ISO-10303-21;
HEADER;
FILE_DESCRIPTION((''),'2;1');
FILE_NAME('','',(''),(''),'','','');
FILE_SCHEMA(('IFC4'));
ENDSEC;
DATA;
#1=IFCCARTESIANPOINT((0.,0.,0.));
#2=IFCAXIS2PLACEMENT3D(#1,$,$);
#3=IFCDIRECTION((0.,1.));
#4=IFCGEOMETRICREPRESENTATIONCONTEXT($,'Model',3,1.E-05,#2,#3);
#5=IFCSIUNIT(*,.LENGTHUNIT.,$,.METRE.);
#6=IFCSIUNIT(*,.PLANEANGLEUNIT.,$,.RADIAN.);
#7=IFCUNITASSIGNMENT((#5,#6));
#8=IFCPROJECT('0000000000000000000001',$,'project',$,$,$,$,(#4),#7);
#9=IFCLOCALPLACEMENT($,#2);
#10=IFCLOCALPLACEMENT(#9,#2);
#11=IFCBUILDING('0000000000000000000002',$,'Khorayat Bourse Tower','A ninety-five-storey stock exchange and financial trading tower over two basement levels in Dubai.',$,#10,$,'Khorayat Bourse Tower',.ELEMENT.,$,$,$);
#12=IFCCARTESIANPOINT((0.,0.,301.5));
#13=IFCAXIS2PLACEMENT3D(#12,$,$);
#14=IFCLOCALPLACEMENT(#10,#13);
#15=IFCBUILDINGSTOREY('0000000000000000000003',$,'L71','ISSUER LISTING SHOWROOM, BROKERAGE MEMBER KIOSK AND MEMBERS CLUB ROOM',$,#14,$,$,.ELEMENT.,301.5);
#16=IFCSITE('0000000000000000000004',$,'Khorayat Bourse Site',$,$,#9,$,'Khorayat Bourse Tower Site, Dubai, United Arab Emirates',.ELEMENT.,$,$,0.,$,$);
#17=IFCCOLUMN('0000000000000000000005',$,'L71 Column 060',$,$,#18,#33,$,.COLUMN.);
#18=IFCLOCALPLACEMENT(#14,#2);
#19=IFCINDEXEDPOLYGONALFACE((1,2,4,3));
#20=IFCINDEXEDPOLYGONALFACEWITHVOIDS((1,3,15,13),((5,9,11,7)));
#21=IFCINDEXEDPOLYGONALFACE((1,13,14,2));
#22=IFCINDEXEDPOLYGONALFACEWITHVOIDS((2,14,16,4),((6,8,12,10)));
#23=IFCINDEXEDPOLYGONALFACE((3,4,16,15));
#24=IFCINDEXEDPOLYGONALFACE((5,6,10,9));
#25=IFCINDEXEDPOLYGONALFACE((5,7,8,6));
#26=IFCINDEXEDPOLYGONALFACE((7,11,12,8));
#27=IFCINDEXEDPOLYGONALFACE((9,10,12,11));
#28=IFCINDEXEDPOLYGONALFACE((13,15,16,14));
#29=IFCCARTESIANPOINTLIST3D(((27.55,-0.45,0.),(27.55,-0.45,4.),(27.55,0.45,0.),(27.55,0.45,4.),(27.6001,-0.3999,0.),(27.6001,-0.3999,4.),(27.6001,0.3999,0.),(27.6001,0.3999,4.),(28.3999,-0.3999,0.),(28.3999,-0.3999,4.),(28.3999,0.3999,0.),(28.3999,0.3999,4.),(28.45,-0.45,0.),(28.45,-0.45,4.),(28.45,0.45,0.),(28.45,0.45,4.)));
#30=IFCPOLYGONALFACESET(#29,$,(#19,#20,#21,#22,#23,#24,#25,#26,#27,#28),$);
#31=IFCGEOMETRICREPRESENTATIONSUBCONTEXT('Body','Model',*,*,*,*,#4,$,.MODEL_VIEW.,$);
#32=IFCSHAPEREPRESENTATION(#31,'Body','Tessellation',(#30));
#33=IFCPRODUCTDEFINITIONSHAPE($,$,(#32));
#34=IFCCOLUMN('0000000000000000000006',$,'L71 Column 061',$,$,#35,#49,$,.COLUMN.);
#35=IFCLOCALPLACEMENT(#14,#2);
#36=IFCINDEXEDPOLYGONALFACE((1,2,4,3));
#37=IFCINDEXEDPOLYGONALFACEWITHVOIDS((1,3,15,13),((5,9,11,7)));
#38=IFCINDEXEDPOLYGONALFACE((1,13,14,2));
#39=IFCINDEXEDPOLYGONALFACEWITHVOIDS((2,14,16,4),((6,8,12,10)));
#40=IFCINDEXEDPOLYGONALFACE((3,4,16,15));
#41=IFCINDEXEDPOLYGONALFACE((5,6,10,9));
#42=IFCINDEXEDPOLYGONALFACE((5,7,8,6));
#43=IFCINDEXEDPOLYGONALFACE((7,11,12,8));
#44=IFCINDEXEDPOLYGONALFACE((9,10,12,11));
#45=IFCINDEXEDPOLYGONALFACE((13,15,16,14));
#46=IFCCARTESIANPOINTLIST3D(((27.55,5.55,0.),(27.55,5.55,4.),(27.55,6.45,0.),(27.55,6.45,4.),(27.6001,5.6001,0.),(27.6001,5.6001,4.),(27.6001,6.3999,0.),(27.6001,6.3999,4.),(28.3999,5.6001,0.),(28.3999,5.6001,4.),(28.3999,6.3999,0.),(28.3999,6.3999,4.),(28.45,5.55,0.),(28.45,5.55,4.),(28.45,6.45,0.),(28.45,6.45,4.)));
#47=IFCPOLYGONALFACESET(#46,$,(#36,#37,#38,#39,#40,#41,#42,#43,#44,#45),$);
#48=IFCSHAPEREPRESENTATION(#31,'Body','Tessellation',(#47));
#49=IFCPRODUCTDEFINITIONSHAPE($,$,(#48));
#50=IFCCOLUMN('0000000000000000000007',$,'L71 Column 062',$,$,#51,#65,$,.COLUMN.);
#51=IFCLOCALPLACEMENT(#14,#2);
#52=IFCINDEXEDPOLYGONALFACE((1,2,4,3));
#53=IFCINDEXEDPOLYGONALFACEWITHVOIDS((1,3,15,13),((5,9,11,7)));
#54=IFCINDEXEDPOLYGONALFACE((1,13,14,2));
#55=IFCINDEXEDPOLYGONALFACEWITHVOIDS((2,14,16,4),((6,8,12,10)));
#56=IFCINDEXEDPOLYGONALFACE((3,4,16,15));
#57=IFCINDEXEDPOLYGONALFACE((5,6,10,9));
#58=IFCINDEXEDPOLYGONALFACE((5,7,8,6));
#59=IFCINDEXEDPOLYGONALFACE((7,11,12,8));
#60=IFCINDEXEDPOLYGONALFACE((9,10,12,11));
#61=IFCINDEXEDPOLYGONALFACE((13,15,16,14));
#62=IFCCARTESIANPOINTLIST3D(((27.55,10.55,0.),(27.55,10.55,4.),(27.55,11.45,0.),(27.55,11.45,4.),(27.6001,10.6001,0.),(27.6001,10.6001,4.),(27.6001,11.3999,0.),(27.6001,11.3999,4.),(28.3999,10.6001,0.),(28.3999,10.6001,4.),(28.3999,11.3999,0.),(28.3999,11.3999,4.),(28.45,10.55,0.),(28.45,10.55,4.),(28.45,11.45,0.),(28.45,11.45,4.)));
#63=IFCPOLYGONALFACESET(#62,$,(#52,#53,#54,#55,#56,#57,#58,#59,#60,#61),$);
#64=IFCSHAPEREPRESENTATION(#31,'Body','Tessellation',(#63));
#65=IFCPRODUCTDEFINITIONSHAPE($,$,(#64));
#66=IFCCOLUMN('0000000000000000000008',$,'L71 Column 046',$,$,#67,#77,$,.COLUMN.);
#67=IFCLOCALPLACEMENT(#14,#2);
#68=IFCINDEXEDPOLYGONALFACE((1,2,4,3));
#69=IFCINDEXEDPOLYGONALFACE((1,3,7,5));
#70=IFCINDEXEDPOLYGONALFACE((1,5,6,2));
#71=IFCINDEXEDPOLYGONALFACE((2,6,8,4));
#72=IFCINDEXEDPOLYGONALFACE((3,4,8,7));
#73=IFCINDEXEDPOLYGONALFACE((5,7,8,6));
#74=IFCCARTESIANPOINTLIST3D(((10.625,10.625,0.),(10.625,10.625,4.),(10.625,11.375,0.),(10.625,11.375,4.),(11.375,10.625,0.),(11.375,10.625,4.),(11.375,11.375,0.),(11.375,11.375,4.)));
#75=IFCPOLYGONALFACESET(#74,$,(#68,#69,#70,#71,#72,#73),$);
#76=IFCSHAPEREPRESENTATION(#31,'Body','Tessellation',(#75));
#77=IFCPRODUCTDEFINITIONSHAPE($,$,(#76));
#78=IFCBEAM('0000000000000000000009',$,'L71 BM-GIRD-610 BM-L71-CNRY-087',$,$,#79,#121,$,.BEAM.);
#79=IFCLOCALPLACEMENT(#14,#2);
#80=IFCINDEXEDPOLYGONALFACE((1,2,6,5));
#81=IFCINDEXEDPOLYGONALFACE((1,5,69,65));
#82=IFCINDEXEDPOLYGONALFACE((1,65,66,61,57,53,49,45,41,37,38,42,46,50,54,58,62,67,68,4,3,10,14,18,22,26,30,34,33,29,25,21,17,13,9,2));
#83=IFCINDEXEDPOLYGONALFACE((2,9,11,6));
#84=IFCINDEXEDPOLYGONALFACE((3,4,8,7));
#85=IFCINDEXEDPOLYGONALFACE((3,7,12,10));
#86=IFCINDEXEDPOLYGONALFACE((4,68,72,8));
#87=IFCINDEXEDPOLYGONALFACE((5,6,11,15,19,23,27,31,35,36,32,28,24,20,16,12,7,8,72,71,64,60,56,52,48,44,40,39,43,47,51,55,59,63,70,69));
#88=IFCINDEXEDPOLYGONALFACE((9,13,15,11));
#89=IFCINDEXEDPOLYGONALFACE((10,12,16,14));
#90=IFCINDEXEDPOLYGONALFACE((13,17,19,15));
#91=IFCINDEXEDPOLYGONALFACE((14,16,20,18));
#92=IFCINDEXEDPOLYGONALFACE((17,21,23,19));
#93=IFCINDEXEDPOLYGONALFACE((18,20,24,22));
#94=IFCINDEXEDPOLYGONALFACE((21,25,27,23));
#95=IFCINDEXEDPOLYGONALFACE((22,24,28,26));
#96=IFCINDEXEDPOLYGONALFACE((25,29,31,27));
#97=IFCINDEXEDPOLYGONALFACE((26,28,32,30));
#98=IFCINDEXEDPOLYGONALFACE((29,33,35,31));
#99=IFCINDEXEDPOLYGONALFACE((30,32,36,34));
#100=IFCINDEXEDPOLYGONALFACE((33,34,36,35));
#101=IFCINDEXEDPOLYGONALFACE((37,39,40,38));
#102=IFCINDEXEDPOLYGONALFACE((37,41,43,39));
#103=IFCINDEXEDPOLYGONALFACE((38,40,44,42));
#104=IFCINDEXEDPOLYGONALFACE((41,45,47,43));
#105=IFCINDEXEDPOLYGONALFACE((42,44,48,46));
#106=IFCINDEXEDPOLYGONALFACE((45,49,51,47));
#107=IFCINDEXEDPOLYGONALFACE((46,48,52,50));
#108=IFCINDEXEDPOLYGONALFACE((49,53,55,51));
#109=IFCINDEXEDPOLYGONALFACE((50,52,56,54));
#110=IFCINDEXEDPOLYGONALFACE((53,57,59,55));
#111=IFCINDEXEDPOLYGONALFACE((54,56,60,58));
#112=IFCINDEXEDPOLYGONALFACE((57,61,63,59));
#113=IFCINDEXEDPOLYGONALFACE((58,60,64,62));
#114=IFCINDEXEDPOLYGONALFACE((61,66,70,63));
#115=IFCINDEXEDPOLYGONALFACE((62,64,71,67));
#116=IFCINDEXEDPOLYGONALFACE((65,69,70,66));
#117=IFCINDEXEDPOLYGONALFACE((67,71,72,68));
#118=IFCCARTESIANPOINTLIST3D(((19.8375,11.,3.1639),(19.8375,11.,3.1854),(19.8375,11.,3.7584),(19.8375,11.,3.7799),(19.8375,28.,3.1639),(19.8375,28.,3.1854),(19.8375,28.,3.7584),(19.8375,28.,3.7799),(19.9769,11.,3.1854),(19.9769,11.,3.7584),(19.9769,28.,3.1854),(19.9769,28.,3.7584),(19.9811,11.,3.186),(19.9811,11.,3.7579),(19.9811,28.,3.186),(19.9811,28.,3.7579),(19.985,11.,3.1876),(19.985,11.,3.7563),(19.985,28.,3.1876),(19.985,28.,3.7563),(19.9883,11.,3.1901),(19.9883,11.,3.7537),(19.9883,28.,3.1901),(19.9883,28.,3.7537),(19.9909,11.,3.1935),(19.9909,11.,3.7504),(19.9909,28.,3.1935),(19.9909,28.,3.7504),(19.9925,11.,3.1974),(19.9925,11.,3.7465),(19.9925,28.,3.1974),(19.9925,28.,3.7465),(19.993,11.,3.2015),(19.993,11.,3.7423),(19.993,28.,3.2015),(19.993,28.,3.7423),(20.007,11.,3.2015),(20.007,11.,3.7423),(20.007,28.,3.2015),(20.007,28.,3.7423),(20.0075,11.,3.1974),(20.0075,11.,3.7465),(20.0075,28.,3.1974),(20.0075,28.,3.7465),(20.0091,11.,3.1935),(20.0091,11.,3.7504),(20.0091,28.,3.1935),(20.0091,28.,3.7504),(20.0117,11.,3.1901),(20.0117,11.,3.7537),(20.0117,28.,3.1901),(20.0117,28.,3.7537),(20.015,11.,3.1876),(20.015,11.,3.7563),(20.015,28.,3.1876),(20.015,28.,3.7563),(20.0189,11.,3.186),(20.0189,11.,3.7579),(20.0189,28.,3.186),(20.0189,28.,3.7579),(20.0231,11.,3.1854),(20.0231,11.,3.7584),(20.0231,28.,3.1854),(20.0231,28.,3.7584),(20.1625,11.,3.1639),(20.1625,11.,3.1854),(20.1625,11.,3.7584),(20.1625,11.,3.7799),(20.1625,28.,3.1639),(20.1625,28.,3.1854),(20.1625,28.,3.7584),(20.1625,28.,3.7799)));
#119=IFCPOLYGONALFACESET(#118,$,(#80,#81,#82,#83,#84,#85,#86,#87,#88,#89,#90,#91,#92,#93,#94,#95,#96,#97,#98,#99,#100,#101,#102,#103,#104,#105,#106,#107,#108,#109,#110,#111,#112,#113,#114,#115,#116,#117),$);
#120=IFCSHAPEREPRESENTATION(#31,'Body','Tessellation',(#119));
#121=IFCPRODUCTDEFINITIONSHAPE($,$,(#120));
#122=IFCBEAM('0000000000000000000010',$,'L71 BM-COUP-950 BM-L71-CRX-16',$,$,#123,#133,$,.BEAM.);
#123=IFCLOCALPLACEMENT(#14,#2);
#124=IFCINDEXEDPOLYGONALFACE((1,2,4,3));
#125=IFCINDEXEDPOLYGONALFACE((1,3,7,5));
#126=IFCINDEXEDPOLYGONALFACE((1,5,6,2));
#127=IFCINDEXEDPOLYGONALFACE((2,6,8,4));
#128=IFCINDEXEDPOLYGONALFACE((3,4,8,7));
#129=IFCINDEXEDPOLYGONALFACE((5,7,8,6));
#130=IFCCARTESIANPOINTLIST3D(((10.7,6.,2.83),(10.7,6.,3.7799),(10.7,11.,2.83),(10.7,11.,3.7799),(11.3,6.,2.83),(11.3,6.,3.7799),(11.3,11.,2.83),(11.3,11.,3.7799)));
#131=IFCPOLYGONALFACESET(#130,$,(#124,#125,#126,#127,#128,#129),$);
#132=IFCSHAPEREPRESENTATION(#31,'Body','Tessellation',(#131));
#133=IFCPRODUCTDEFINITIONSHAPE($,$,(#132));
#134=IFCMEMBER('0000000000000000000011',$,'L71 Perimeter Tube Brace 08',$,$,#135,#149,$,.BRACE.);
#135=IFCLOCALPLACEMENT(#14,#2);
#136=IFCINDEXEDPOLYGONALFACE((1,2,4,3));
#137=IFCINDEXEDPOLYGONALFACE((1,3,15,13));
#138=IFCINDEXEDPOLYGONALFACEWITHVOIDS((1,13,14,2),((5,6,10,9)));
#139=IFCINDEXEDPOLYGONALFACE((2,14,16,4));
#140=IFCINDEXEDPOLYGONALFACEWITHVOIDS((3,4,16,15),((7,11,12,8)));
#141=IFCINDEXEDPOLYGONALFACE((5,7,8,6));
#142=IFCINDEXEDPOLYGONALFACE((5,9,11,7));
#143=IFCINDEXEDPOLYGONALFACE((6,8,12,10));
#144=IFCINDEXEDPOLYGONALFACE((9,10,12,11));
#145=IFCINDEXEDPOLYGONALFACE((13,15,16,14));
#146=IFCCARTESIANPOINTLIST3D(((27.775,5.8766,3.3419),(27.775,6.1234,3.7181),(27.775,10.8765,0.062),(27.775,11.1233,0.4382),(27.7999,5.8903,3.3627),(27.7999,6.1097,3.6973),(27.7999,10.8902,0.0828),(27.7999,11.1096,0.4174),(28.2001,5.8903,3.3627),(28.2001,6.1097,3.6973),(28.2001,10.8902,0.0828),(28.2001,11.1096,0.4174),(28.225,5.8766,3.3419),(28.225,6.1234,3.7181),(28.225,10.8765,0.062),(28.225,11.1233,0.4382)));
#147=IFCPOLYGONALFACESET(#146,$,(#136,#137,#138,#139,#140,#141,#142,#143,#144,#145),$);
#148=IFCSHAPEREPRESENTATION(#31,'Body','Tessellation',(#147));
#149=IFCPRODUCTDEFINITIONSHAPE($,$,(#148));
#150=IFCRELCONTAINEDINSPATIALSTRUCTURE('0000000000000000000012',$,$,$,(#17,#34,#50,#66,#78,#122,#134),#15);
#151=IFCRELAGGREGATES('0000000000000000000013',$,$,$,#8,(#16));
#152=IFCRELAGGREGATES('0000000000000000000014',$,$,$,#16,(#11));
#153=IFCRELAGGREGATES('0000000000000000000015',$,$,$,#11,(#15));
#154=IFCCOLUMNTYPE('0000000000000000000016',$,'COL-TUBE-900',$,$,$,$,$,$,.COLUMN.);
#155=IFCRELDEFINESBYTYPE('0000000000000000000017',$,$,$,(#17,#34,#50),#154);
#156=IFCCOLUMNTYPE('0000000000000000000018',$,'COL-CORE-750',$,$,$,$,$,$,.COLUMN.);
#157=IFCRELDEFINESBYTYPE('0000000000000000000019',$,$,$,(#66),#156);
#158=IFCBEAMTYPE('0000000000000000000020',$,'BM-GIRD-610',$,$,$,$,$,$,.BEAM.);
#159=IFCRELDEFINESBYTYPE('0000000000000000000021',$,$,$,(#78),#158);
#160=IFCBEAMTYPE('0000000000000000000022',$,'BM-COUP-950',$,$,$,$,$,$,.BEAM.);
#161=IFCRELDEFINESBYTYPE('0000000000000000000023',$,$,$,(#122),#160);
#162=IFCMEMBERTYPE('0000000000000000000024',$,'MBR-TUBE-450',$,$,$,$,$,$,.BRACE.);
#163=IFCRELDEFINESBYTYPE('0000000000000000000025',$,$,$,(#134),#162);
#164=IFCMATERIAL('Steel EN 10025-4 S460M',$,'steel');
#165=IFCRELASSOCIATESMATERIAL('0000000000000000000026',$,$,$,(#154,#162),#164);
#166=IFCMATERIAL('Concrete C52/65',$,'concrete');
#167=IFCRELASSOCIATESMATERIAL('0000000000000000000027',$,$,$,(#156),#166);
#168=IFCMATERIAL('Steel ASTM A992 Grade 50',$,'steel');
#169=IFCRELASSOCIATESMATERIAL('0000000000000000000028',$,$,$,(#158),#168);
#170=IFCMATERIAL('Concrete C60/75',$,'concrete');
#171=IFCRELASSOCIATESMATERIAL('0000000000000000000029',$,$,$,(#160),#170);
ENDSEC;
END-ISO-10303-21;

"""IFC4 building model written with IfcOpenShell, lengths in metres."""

from ifc_helpers import new_model, si_unit, direction, frame, origin, origin_2d, place, context, subcontext, project, spatial, rectangle, hollow_rectangle, i_section, extrude, source, transform, mapped, material, material_profile, profile_set, type_object, element, save


model = new_model("IFC4")

# Units and contexts
model_context = context("Model", 3, precision=1e-05, world=origin(), true_north=direction((0.0, 1.0)))
body_context = subcontext(model_context, "Body", "Model", "MODEL_VIEW")
ifc_project = project(units=[si_unit("LENGTHUNIT", "METRE"), si_unit("PLANEANGLEUNIT", "RADIAN")], contexts=[model_context])

# Site, building, storey
site_placement = place(None, origin())
site = spatial("IfcSite", under=ifc_project, at=site_placement, Name="Khorayat Bourse Site", LongName="Khorayat Bourse Tower Site, Dubai, United Arab Emirates", CompositionType="ELEMENT", RefElevation=0.0)
building_placement = place(site_placement, origin())
building = spatial("IfcBuilding", under=site, at=building_placement, Name="Khorayat Bourse Tower", Description="A ninety-five-storey stock exchange and financial trading tower over two basement levels in Dubai.", LongName="Khorayat Bourse Tower", CompositionType="ELEMENT")
storey_placement = place(building_placement, frame((0.0, 0.0, 301.5)))
storey = spatial("IfcBuildingStorey", under=building, at=storey_placement, Name="L71", Description="ISSUER LISTING SHOWROOM, BROKERAGE MEMBER KIOSK AND MEMBERS CLUB ROOM", CompositionType="ELEMENT", Elevation=301.5)

# Columns
ifc_material_1 = material(Name="Steel EN 10025-4 S460M", Category="steel")
ifc_material_profile_1 = material_profile(ifc_material_1, hollow_rectangle(XDim=0.8999, YDim=0.8999, WallThickness=0.05, at=origin_2d()), Name="BOX 900x900x50")
ifc_profile_set_1 = profile_set([ifc_material_profile_1], Name="Steel EN 10025-4 S460M")
column_type_1 = type_object("IfcColumnType", Name="COL-TUBE-900", PredefinedType="COLUMN", material=ifc_profile_set_1)
shared_shape_1 = source(origin(), body_context, "Body", "SweptSolid", [
    extrude(hollow_rectangle(XDim=0.8999, YDim=0.8999, WallThickness=0.05, at=origin_2d()), origin(), (0.0, 0.0, 1.0), 4.0),
])
for number, where, z_axis, x_axis, name in (
    (1, (28.0, 0.0, 0.0), (0.0, 0.0, 1.0), (1.0, 0.0, 0.0), "L71 Column 060"),
    (2, (28.0, 6.0, 0.0), (0.0, 0.0, 1.0), (1.0, 0.0, 0.0), "L71 Column 061"),
    (3, (28.0, 11.0, 0.0), (0.0, 0.0, 1.0), (1.0, 0.0, 0.0), "L71 Column 062"),
):
    element("IfcColumn", number, at=place(storey_placement, frame(where, z_axis=z_axis, x_axis=x_axis)), inside=storey, type_object=column_type_1, Name=name, PredefinedType="COLUMN", context=body_context, shape_type="MappedRepresentation", body=[
        mapped(shared_shape_1, transform((0.0, 0.0, 0.0), scale=1.0)),
    ])
ifc_material_2 = material(Name="Concrete C52/65", Category="concrete")
ifc_material_profile_2 = material_profile(ifc_material_2, rectangle(XDim=0.75, YDim=0.75, at=origin_2d()), Name="RC 750x750")
ifc_profile_set_2 = profile_set([ifc_material_profile_2], Name="Concrete C52/65")
column_type_2 = type_object("IfcColumnType", Name="COL-CORE-750", PredefinedType="COLUMN", material=ifc_profile_set_2)
shared_shape_2 = source(origin(), body_context, "Body", "SweptSolid", [
    extrude(rectangle(XDim=0.75, YDim=0.75, at=origin_2d()), origin(), (0.0, 0.0, 1.0), 4.0),
])
column_placement = place(storey_placement, frame((11.0, 11.0, 0.0), z_axis=(0.0, 0.0, 1.0), x_axis=(1.0, 0.0, 0.0)))
element("IfcColumn", 4, at=column_placement, inside=storey, type_object=column_type_2, Name="L71 Column 046", PredefinedType="COLUMN", context=body_context, shape_type="MappedRepresentation", body=[
    mapped(shared_shape_2, transform((0.0, 0.0, 0.0), scale=1.0)),
])

# Beams
ifc_material_3 = material(Name="Steel ASTM A992 Grade 50", Category="steel")
ifc_material_profile_3 = material_profile(ifc_material_3, i_section(OverallWidth=0.325, OverallDepth=0.616, WebThickness=0.0139, FlangeThickness=0.0215, FilletRadius=0.0161, at=origin_2d()), Name="W610X174")
ifc_profile_set_3 = profile_set([ifc_material_profile_3], Name="Steel ASTM A992 Grade 50")
beam_type_1 = type_object("IfcBeamType", Name="BM-GIRD-610", PredefinedType="BEAM", material=ifc_profile_set_3)
shared_shape_3 = source(origin(), body_context, "Body", "SweptSolid", [
    extrude(i_section(OverallWidth=0.325, OverallDepth=0.616, WebThickness=0.0139, FlangeThickness=0.0215, FilletRadius=0.0161, at=origin_2d()), origin(), (0.0, 0.0, 1.0), 17.0),
])
beam_1_placement = place(storey_placement, frame((20.0, 11.0, 3.4719), z_axis=(0.0, 1.0, 0.0), x_axis=(-1.0, 0.0, 0.0)))
element("IfcBeam", 5, at=beam_1_placement, inside=storey, type_object=beam_type_1, Name="L71 BM-GIRD-610 BM-L71-CNRY-087", PredefinedType="BEAM", context=body_context, shape_type="MappedRepresentation", body=[
    mapped(shared_shape_3, transform((0.0, 0.0, 0.0), scale=1.0)),
])
ifc_material_4 = material(Name="Concrete C60/75", Category="concrete")
ifc_material_profile_4 = material_profile(ifc_material_4, rectangle(XDim=0.6001, YDim=0.95, at=origin_2d()), Name="RC 600x950")
ifc_profile_set_4 = profile_set([ifc_material_profile_4], Name="Concrete C60/75")
beam_type_2 = type_object("IfcBeamType", Name="BM-COUP-950", PredefinedType="BEAM", material=ifc_profile_set_4)
shared_shape_4 = source(origin(), body_context, "Body", "SweptSolid", [
    extrude(rectangle(XDim=0.6001, YDim=0.95, at=origin_2d()), origin(), (0.0, 0.0, 1.0), 5.0),
])
beam_2_placement = place(storey_placement, frame((11.0, 6.0, 3.3049), z_axis=(0.0, 1.0, 0.0), x_axis=(-1.0, 0.0, 0.0)))
element("IfcBeam", 6, at=beam_2_placement, inside=storey, type_object=beam_type_2, Name="L71 BM-COUP-950 BM-L71-CRX-16", PredefinedType="BEAM", context=body_context, shape_type="MappedRepresentation", body=[
    mapped(shared_shape_4, transform((0.0, 0.0, 0.0), scale=1.0)),
])

# Member
ifc_material_profile_5 = material_profile(ifc_material_1, hollow_rectangle(XDim=0.45, YDim=0.45, WallThickness=0.0249, at=origin_2d()), Name="HSS 450x450x25")
ifc_profile_set_5 = profile_set([ifc_material_profile_5], Name="Steel EN 10025-4 S460M")
member_type_1 = type_object("IfcMemberType", Name="MBR-TUBE-450", PredefinedType="BRACE", material=ifc_profile_set_5)
shared_shape_5 = source(origin(), body_context, "Body", "SweptSolid", [
    extrude(hollow_rectangle(XDim=0.45, YDim=0.45, WallThickness=0.0249, at=origin_2d()), origin(), (0.0, 0.0, 1.0), 5.9797),
])
member_1_placement = place(storey_placement, frame((28.0, 6.0, 3.53), z_axis=(0.0, 0.836142, -0.548514), x_axis=(-1.0, 0.0, 0.0)))
element("IfcMember", 7, at=member_1_placement, inside=storey, type_object=member_type_1, Name="L71 Perimeter Tube Brace 08", PredefinedType="BRACE", context=body_context, shape_type="MappedRepresentation", body=[
    mapped(shared_shape_5, transform((0.0, 0.0, 0.0), scale=1.0)),
])

save(model, "model.ifc")
